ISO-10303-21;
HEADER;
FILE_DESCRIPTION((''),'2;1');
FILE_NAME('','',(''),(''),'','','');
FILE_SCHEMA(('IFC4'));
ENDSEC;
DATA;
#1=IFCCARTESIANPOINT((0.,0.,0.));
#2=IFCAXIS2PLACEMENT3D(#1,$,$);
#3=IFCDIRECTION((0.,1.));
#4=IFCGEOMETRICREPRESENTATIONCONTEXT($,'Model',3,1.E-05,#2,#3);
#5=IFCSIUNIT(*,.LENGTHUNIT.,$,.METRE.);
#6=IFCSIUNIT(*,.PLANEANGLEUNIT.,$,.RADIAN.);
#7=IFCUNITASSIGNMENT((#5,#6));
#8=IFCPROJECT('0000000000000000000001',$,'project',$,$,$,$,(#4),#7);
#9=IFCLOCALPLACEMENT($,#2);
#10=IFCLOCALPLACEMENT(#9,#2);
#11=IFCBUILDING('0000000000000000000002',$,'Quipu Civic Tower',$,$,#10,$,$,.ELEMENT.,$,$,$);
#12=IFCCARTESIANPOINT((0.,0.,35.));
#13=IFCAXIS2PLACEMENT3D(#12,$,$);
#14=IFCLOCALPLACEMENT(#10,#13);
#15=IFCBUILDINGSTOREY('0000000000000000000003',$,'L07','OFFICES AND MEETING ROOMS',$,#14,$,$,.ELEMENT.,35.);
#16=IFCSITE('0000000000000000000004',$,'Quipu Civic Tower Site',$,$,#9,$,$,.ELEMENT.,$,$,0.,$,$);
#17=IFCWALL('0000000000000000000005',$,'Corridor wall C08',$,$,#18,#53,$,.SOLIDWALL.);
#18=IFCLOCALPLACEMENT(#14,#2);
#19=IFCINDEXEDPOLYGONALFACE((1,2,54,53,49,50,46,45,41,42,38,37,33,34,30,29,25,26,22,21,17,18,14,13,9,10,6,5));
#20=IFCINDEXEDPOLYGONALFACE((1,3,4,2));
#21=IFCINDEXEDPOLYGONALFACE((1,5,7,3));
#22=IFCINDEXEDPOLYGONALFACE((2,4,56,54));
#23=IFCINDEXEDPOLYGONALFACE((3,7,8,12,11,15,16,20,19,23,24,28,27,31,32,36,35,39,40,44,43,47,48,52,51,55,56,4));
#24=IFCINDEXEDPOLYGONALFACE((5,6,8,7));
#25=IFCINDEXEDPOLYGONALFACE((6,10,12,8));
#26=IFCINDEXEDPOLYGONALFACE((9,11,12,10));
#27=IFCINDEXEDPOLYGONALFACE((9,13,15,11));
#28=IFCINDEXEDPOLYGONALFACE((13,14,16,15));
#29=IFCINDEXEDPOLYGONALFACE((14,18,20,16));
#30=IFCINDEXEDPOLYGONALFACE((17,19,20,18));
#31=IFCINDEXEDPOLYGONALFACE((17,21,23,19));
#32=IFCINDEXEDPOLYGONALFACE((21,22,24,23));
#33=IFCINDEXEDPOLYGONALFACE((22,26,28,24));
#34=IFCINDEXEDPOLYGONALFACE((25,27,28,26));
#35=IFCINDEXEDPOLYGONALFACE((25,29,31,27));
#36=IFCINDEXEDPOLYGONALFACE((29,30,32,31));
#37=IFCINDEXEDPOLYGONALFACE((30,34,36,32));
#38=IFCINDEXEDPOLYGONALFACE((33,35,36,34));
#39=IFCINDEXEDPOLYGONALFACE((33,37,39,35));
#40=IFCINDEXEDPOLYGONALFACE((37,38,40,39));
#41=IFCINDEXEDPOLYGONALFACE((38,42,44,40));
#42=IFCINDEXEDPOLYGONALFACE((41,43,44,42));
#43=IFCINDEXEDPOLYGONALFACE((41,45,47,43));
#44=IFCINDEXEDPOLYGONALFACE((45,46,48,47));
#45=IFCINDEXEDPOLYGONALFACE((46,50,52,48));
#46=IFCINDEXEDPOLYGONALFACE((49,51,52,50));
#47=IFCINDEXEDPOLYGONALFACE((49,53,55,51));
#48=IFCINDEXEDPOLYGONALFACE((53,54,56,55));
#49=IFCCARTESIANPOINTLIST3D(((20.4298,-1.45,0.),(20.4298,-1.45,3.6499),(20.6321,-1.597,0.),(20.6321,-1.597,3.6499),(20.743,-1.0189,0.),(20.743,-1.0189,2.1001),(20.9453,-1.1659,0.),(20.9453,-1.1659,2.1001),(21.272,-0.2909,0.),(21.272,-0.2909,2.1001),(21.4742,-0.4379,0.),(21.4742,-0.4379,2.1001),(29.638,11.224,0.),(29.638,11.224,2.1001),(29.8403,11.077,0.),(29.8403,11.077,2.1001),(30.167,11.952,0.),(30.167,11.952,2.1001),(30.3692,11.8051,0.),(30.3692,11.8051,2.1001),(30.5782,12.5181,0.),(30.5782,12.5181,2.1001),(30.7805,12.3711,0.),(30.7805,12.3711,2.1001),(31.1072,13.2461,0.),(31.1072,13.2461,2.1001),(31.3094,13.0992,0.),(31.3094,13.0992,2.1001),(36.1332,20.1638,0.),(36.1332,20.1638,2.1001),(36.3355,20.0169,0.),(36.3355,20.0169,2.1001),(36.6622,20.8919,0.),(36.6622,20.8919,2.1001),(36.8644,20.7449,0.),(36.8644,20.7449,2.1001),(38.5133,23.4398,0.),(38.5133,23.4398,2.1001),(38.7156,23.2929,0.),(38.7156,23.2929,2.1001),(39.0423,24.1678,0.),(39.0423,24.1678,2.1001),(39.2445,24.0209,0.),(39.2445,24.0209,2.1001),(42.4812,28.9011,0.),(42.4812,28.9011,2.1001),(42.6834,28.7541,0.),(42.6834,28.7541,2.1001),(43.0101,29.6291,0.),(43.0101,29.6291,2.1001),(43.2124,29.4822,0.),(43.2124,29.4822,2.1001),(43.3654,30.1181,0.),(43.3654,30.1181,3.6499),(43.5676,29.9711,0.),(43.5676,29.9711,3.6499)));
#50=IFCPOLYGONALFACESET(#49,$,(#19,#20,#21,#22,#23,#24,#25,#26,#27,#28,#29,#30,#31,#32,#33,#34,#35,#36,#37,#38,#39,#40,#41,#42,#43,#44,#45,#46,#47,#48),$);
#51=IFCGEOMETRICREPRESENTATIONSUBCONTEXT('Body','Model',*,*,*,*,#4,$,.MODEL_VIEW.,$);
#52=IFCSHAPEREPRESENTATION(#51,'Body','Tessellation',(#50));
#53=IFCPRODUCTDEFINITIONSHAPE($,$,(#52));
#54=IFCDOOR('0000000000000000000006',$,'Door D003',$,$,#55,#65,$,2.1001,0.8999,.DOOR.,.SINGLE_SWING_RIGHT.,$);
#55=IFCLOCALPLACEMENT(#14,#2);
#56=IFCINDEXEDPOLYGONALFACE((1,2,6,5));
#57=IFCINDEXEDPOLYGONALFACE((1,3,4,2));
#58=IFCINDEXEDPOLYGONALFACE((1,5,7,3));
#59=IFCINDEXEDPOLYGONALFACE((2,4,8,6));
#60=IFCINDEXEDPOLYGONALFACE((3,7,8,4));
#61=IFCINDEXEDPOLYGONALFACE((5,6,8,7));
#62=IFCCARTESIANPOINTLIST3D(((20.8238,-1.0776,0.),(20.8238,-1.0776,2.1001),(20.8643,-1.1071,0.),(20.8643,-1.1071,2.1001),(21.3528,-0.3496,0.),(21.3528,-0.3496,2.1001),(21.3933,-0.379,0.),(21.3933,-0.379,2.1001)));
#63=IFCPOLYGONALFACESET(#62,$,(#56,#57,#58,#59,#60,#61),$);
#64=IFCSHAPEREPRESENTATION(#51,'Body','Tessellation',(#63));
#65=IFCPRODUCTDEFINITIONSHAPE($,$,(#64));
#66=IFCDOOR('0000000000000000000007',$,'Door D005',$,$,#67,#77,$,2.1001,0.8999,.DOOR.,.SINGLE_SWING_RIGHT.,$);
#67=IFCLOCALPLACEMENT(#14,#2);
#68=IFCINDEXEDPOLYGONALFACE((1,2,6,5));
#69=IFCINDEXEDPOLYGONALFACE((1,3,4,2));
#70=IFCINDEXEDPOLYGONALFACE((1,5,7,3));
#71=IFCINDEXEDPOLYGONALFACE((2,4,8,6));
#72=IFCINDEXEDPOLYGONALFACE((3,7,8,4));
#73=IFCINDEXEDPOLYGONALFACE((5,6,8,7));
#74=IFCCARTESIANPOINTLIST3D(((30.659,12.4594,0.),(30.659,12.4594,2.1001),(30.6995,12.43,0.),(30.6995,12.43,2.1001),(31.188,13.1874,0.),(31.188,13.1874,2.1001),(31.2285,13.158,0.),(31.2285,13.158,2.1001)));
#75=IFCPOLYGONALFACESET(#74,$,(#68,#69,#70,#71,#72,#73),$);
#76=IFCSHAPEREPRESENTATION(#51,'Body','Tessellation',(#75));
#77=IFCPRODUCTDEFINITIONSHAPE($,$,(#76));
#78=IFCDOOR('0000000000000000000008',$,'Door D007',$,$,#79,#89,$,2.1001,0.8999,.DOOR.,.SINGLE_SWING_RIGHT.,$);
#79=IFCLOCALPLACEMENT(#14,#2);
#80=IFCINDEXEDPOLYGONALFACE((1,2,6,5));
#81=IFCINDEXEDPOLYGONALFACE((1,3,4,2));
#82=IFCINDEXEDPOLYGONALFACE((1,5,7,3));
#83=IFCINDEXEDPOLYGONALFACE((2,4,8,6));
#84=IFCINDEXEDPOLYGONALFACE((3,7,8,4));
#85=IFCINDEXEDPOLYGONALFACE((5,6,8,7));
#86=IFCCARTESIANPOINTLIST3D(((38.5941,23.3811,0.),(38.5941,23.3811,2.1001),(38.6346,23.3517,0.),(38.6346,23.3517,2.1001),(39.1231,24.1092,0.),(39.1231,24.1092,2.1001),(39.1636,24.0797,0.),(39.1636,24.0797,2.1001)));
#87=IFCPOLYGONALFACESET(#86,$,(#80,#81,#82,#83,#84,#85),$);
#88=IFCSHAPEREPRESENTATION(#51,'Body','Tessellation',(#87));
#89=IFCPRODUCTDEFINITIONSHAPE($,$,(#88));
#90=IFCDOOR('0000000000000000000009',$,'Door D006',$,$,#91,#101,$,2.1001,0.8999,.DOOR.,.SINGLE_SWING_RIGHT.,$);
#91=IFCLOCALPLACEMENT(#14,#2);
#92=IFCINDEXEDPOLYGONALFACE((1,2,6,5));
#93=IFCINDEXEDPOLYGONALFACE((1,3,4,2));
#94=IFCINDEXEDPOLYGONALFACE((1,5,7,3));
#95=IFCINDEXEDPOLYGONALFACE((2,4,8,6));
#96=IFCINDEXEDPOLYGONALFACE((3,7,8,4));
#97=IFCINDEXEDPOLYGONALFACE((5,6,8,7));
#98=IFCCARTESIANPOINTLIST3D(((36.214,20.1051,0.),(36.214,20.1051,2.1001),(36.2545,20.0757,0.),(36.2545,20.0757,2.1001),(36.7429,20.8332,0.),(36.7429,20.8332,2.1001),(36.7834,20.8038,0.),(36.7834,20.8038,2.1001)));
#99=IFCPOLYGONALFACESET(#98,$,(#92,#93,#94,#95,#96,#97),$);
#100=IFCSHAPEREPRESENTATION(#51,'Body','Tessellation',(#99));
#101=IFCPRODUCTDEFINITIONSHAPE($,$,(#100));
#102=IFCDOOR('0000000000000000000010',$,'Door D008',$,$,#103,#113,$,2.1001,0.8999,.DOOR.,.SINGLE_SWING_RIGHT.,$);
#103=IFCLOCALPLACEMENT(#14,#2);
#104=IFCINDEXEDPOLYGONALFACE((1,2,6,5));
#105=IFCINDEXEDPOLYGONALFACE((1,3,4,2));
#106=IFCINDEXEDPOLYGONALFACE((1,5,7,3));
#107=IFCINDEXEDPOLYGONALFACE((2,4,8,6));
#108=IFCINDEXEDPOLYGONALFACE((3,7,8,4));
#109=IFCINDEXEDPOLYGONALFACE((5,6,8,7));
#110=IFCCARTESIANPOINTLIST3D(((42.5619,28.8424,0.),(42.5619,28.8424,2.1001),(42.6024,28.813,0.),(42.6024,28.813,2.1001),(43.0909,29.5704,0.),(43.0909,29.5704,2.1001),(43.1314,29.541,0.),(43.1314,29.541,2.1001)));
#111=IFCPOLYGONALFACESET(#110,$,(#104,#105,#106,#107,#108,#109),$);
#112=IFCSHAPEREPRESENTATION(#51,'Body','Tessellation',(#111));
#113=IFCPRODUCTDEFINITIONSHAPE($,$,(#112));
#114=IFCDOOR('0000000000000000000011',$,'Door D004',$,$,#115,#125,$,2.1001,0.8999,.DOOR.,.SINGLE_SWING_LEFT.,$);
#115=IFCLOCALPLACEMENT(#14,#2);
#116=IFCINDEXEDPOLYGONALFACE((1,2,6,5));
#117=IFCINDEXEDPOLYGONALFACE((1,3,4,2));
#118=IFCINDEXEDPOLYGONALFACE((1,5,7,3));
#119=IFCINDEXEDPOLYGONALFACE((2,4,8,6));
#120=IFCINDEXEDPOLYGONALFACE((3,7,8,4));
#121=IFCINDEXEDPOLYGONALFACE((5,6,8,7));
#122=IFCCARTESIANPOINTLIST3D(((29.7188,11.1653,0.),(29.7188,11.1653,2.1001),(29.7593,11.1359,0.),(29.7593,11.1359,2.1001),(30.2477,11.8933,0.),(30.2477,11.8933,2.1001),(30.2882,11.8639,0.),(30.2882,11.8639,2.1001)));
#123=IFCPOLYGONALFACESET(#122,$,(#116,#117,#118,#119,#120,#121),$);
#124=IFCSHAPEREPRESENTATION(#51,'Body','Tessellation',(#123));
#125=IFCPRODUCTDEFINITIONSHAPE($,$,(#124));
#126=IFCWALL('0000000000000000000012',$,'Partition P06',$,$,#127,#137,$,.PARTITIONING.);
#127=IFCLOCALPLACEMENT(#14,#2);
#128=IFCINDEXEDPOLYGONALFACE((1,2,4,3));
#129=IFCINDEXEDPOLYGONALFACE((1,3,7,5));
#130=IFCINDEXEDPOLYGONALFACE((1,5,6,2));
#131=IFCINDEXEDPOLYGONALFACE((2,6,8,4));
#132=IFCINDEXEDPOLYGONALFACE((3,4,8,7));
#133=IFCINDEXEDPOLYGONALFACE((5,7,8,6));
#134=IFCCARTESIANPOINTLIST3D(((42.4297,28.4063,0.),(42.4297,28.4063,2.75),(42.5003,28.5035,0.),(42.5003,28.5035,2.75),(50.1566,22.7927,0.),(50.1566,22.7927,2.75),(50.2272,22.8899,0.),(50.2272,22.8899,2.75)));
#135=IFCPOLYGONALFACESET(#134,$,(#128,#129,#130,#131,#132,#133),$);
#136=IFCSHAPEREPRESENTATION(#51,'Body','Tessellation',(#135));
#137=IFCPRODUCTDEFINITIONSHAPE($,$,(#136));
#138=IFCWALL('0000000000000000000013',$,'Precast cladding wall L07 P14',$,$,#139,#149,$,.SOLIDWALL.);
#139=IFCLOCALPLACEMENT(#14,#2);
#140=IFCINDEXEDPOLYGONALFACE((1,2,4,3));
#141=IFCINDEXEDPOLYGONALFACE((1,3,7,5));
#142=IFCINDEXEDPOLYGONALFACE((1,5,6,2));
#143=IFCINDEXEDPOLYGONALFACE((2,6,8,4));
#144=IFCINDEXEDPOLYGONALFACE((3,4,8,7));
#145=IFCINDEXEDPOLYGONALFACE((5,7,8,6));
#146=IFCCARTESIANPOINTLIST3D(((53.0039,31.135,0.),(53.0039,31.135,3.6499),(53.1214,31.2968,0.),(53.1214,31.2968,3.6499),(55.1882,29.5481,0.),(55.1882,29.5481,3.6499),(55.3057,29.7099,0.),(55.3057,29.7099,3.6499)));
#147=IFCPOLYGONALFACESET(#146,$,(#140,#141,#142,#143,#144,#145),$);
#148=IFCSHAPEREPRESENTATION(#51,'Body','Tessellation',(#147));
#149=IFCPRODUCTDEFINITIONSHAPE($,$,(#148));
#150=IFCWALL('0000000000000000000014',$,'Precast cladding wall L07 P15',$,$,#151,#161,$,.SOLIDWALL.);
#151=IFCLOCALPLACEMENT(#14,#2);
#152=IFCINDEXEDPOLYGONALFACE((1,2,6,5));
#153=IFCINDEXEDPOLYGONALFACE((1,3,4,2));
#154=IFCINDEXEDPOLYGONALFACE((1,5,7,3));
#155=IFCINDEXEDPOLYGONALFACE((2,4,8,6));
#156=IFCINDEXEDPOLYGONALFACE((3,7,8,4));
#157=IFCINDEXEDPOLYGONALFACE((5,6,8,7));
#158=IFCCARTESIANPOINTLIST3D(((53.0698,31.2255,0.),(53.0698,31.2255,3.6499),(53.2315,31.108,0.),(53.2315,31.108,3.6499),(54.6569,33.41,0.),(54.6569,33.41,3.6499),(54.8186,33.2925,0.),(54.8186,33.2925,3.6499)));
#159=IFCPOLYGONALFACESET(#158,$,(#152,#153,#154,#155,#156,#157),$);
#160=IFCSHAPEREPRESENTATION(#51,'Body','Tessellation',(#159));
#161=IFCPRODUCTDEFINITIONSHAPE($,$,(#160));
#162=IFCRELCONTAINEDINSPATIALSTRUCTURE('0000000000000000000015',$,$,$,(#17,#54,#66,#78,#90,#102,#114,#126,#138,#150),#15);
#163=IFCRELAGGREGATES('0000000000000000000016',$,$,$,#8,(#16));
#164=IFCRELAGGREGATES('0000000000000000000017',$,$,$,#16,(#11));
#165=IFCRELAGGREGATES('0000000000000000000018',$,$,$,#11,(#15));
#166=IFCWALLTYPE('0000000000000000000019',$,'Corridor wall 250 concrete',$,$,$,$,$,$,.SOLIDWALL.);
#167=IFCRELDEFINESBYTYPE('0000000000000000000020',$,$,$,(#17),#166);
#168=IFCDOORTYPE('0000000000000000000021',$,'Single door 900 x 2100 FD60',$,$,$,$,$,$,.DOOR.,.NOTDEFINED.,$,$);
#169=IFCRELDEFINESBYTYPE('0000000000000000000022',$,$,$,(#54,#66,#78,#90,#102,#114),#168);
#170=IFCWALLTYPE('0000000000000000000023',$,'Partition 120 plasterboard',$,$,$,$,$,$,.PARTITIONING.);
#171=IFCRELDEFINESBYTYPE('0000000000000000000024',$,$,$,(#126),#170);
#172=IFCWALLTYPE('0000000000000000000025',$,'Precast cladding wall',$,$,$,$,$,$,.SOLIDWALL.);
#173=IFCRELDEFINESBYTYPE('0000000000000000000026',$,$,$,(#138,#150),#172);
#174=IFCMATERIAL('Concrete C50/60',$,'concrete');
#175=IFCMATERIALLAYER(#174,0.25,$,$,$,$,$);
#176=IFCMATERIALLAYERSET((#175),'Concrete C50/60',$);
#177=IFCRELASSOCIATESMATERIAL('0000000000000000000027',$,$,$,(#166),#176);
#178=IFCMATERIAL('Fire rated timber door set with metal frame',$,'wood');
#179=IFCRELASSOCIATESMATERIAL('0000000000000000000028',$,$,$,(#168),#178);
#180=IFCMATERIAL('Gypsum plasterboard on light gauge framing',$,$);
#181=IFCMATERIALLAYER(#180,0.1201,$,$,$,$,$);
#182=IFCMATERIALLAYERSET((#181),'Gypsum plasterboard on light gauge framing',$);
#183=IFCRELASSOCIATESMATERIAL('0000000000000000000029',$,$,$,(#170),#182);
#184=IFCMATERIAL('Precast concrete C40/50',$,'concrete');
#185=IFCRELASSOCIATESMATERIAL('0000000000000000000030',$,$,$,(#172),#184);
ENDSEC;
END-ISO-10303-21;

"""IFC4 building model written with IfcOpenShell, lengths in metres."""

from ifc_helpers import new_model, si_unit, direction, frame, frame_2d, origin, place, context, subcontext, project, spatial, rectangle, extrude, material, layer, layer_set, type_object, element, fill, save


model = new_model("IFC4")

# Units and contexts
model_context = context("Model", 3, precision=1e-05, world=origin(), true_north=direction((0.0, 1.0)))
body_context = subcontext(model_context, "Body", "Model", "MODEL_VIEW")
ifc_project = project(units=[si_unit("LENGTHUNIT", "METRE"), si_unit("PLANEANGLEUNIT", "RADIAN")], contexts=[model_context])

# Site, building, storey
site_placement = place(None, origin())
site = spatial("IfcSite", under=ifc_project, at=site_placement, Name="Quipu Civic Tower Site", CompositionType="ELEMENT", RefElevation=0.0)
building_placement = place(site_placement, origin())
building = spatial("IfcBuilding", under=site, at=building_placement, Name="Quipu Civic Tower", CompositionType="ELEMENT")
storey_placement = place(building_placement, frame((0.0, 0.0, 35.0)))
storey = spatial("IfcBuildingStorey", under=building, at=storey_placement, Name="L07", Description="OFFICES AND MEETING ROOMS", CompositionType="ELEMENT", Elevation=35.0)

# Wall, openings, doors
ifc_material_1 = material(Name="Concrete C50/60", Category="concrete")
ifc_layer_1 = layer(ifc_material_1, 0.25)
ifc_layer_set_1 = layer_set([ifc_layer_1], Name="Concrete C50/60")
wall_type_1 = type_object("IfcWallType", Name="Corridor wall 250 concrete", PredefinedType="SOLIDWALL", material=ifc_layer_set_1)
wall_1_placement = place(storey_placement, frame((43.4666, 30.0447, 0.0), z_axis=(0.0, 0.0, 1.0), x_axis=(-0.587785, -0.809017, 0.0)))
wall_1 = element("IfcWall", 1, at=wall_1_placement, inside=storey, type_object=wall_type_1, Name="Corridor wall C08", PredefinedType="SOLIDWALL", context=body_context, shape_type="SweptSolid", body=[
    extrude(rectangle(XDim=39.0203, YDim=0.25, at=frame_2d((19.5103, 0.0))), origin(), (0.0, 0.0, 1.0), 3.6499),
])
opening_1_placement = place(wall_1_placement, frame((37.5876, 0.0, 0.0)))
opening_1 = element("IfcOpeningElement", 2, at=opening_1_placement, cuts=wall_1, PredefinedType="OPENING", context=body_context, shape_type="SweptSolid", body=[
    extrude(rectangle(XDim=0.8999, YDim=2.1001, at=frame_2d((0.45, 1.05))), frame((0.0, 0.135, 0.0), z_axis=(0.0, -1.0, 0.0), x_axis=(1.0, 0.0, 0.0)), (0.0, 0.0, 1.0), 0.27),
])
opening_2_placement = place(wall_1_placement, frame((20.855, 0.0, 0.0)))
opening_2 = element("IfcOpeningElement", 3, at=opening_2_placement, cuts=wall_1, PredefinedType="OPENING", context=body_context, shape_type="SweptSolid", body=[
    extrude(rectangle(XDim=0.8999, YDim=2.1001, at=frame_2d((0.45, 1.05))), frame((0.0, 0.135, 0.0), z_axis=(0.0, -1.0, 0.0), x_axis=(1.0, 0.0, 0.0)), (0.0, 0.0, 1.0), 0.27),
])
opening_3_placement = place(wall_1_placement, frame((7.355, 0.0, 0.0)))
opening_3 = element("IfcOpeningElement", 4, at=opening_3_placement, cuts=wall_1, PredefinedType="OPENING", context=body_context, shape_type="SweptSolid", body=[
    extrude(rectangle(XDim=0.8999, YDim=2.1001, at=frame_2d((0.45, 1.05))), frame((0.0, 0.135, 0.0), z_axis=(0.0, -1.0, 0.0), x_axis=(1.0, 0.0, 0.0)), (0.0, 0.0, 1.0), 0.27),
])
opening_4_placement = place(wall_1_placement, frame((11.4043, 0.0, 0.0)))
opening_4 = element("IfcOpeningElement", 5, at=opening_4_placement, cuts=wall_1, PredefinedType="OPENING", context=body_context, shape_type="SweptSolid", body=[
    extrude(rectangle(XDim=0.8999, YDim=2.1001, at=frame_2d((0.45, 1.05))), frame((0.0, 0.135, 0.0), z_axis=(0.0, -1.0, 0.0), x_axis=(1.0, 0.0, 0.0)), (0.0, 0.0, 1.0), 0.27),
])
opening_5_placement = place(wall_1_placement, frame((0.6045, 0.0, 0.0)))
opening_5 = element("IfcOpeningElement", 6, at=opening_5_placement, cuts=wall_1, PredefinedType="OPENING", context=body_context, shape_type="SweptSolid", body=[
    extrude(rectangle(XDim=0.8999, YDim=2.1001, at=frame_2d((0.45, 1.05))), frame((0.0, 0.135, 0.0), z_axis=(0.0, -1.0, 0.0), x_axis=(1.0, 0.0, 0.0)), (0.0, 0.0, 1.0), 0.27),
])
opening_6_placement = place(wall_1_placement, frame((22.4546, 0.0, 0.0)))
opening_6 = element("IfcOpeningElement", 7, at=opening_6_placement, cuts=wall_1, PredefinedType="OPENING", context=body_context, shape_type="SweptSolid", body=[
    extrude(rectangle(XDim=0.8999, YDim=2.1001, at=frame_2d((0.45, 1.05))), frame((0.0, 0.135, 0.0), z_axis=(0.0, -1.0, 0.0), x_axis=(1.0, 0.0, 0.0)), (0.0, 0.0, 1.0), 0.27),
])
ifc_material_2 = material(Name="Fire rated timber door set with metal frame", Category="wood")
door_type = type_object("IfcDoorType", Name="Single door 900 x 2100 FD60", OperationType="NOTDEFINED", PredefinedType="DOOR", material=ifc_material_2)
door_1_placement = place(opening_1_placement, origin())
door_1 = element("IfcDoor", 8, at=door_1_placement, inside=storey, type_object=door_type, Name="Door D003", OperationType="SINGLE_SWING_RIGHT", OverallHeight=2.1001, OverallWidth=0.8999, PredefinedType="DOOR", context=body_context, shape_type="SweptSolid", body=[
    extrude(rectangle(XDim=0.8999, YDim=2.1001, at=frame_2d((0.45, 1.05))), frame((0.0, 0.0249, 0.0), z_axis=(0.0, -1.0, 0.0), x_axis=(1.0, 0.0, 0.0)), (0.0, 0.0, 1.0), 0.05),
])
fill(opening_1, door_1)
door_2_placement = place(opening_2_placement, origin())
door_2 = element("IfcDoor", 9, at=door_2_placement, inside=storey, type_object=door_type, Name="Door D005", OperationType="SINGLE_SWING_RIGHT", OverallHeight=2.1001, OverallWidth=0.8999, PredefinedType="DOOR", context=body_context, shape_type="SweptSolid", body=[
    extrude(rectangle(XDim=0.8999, YDim=2.1001, at=frame_2d((0.45, 1.05))), frame((0.0, 0.0249, 0.0), z_axis=(0.0, -1.0, 0.0), x_axis=(1.0, 0.0, 0.0)), (0.0, 0.0, 1.0), 0.05),
])
fill(opening_2, door_2)
door_3_placement = place(opening_3_placement, origin())
door_3 = element("IfcDoor", 10, at=door_3_placement, inside=storey, type_object=door_type, Name="Door D007", OperationType="SINGLE_SWING_RIGHT", OverallHeight=2.1001, OverallWidth=0.8999, PredefinedType="DOOR", context=body_context, shape_type="SweptSolid", body=[
    extrude(rectangle(XDim=0.8999, YDim=2.1001, at=frame_2d((0.45, 1.05))), frame((0.0, 0.0249, 0.0), z_axis=(0.0, -1.0, 0.0), x_axis=(1.0, 0.0, 0.0)), (0.0, 0.0, 1.0), 0.05),
])
fill(opening_3, door_3)
door_4_placement = place(opening_4_placement, origin())
door_4 = element("IfcDoor", 11, at=door_4_placement, inside=storey, type_object=door_type, Name="Door D006", OperationType="SINGLE_SWING_RIGHT", OverallHeight=2.1001, OverallWidth=0.8999, PredefinedType="DOOR", context=body_context, shape_type="SweptSolid", body=[
    extrude(rectangle(XDim=0.8999, YDim=2.1001, at=frame_2d((0.45, 1.05))), frame((0.0, 0.0249, 0.0), z_axis=(0.0, -1.0, 0.0), x_axis=(1.0, 0.0, 0.0)), (0.0, 0.0, 1.0), 0.05),
])
fill(opening_4, door_4)
door_5_placement = place(opening_5_placement, origin())
door_5 = element("IfcDoor", 12, at=door_5_placement, inside=storey, type_object=door_type, Name="Door D008", OperationType="SINGLE_SWING_RIGHT", OverallHeight=2.1001, OverallWidth=0.8999, PredefinedType="DOOR", context=body_context, shape_type="SweptSolid", body=[
    extrude(rectangle(XDim=0.8999, YDim=2.1001, at=frame_2d((0.45, 1.05))), frame((0.0, 0.0249, 0.0), z_axis=(0.0, -1.0, 0.0), x_axis=(1.0, 0.0, 0.0)), (0.0, 0.0, 1.0), 0.05),
])
fill(opening_5, door_5)
door_6_placement = place(opening_6_placement, origin())
door_6 = element("IfcDoor", 13, at=door_6_placement, inside=storey, type_object=door_type, Name="Door D004", OperationType="SINGLE_SWING_LEFT", OverallHeight=2.1001, OverallWidth=0.8999, PredefinedType="DOOR", context=body_context, shape_type="SweptSolid", body=[
    extrude(rectangle(XDim=0.8999, YDim=2.1001, at=frame_2d((0.45, 1.05))), frame((0.0, 0.0249, 0.0), z_axis=(0.0, -1.0, 0.0), x_axis=(1.0, 0.0, 0.0)), (0.0, 0.0, 1.0), 0.05),
])
fill(opening_6, door_6)

# Walls
ifc_material_3 = material(Name="Gypsum plasterboard on light gauge framing")
ifc_layer_2 = layer(ifc_material_3, 0.1201)
ifc_layer_set_2 = layer_set([ifc_layer_2], Name="Gypsum plasterboard on light gauge framing")
wall_type_2 = type_object("IfcWallType", Name="Partition 120 plasterboard", PredefinedType="PARTITIONING", material=ifc_layer_set_2)
wall_2_placement = place(storey_placement, frame((50.1919, 22.8413, 0.0), z_axis=(0.0, 0.0, 1.0), x_axis=(-0.809033, 0.587763, 0.0)))
element("IfcWall", 14, at=wall_2_placement, inside=storey, type_object=wall_type_2, Name="Partition P06", PredefinedType="PARTITIONING", context=body_context, shape_type="SweptSolid", body=[
    extrude(rectangle(XDim=9.5508, YDim=0.1201, at=frame_2d((4.7754, 0.0))), origin(), (0.0, 0.0, 1.0), 2.75),
])
ifc_material_4 = material(Name="Precast concrete C40/50", Category="concrete")
wall_type_3 = type_object("IfcWallType", Name="Precast cladding wall", PredefinedType="SOLIDWALL", material=ifc_material_4)
wall_3_placement = place(storey_placement, frame((55.2471, 29.6289, 0.0), z_axis=(0.0, 0.0, 1.0), x_axis=(-0.809033, 0.587763, 0.0)))
element("IfcWall", 15, at=wall_3_placement, inside=storey, type_object=wall_type_3, Name="Precast cladding wall L07 P14", PredefinedType="SOLIDWALL", context=body_context, shape_type="SweptSolid", body=[
    extrude(rectangle(XDim=2.7, YDim=0.2, at=frame_2d((1.3501, 0.0))), origin(), (0.0, 0.0, 1.0), 3.6499),
])
wall_4_placement = place(storey_placement, frame((53.1506, 31.1667, 0.0), z_axis=(0.0, 0.0, 1.0), x_axis=(0.587779, 0.809021, 0.0)))
element("IfcWall", 16, at=wall_4_placement, inside=storey, type_object=wall_type_3, Name="Precast cladding wall L07 P15", PredefinedType="SOLIDWALL", context=body_context, shape_type="SweptSolid", body=[
    extrude(rectangle(XDim=2.7002, YDim=0.2, at=frame_2d((1.3501, 0.0))), origin(), (0.0, 0.0, 1.0), 3.6499),
])

save(model, "model.ifc")
